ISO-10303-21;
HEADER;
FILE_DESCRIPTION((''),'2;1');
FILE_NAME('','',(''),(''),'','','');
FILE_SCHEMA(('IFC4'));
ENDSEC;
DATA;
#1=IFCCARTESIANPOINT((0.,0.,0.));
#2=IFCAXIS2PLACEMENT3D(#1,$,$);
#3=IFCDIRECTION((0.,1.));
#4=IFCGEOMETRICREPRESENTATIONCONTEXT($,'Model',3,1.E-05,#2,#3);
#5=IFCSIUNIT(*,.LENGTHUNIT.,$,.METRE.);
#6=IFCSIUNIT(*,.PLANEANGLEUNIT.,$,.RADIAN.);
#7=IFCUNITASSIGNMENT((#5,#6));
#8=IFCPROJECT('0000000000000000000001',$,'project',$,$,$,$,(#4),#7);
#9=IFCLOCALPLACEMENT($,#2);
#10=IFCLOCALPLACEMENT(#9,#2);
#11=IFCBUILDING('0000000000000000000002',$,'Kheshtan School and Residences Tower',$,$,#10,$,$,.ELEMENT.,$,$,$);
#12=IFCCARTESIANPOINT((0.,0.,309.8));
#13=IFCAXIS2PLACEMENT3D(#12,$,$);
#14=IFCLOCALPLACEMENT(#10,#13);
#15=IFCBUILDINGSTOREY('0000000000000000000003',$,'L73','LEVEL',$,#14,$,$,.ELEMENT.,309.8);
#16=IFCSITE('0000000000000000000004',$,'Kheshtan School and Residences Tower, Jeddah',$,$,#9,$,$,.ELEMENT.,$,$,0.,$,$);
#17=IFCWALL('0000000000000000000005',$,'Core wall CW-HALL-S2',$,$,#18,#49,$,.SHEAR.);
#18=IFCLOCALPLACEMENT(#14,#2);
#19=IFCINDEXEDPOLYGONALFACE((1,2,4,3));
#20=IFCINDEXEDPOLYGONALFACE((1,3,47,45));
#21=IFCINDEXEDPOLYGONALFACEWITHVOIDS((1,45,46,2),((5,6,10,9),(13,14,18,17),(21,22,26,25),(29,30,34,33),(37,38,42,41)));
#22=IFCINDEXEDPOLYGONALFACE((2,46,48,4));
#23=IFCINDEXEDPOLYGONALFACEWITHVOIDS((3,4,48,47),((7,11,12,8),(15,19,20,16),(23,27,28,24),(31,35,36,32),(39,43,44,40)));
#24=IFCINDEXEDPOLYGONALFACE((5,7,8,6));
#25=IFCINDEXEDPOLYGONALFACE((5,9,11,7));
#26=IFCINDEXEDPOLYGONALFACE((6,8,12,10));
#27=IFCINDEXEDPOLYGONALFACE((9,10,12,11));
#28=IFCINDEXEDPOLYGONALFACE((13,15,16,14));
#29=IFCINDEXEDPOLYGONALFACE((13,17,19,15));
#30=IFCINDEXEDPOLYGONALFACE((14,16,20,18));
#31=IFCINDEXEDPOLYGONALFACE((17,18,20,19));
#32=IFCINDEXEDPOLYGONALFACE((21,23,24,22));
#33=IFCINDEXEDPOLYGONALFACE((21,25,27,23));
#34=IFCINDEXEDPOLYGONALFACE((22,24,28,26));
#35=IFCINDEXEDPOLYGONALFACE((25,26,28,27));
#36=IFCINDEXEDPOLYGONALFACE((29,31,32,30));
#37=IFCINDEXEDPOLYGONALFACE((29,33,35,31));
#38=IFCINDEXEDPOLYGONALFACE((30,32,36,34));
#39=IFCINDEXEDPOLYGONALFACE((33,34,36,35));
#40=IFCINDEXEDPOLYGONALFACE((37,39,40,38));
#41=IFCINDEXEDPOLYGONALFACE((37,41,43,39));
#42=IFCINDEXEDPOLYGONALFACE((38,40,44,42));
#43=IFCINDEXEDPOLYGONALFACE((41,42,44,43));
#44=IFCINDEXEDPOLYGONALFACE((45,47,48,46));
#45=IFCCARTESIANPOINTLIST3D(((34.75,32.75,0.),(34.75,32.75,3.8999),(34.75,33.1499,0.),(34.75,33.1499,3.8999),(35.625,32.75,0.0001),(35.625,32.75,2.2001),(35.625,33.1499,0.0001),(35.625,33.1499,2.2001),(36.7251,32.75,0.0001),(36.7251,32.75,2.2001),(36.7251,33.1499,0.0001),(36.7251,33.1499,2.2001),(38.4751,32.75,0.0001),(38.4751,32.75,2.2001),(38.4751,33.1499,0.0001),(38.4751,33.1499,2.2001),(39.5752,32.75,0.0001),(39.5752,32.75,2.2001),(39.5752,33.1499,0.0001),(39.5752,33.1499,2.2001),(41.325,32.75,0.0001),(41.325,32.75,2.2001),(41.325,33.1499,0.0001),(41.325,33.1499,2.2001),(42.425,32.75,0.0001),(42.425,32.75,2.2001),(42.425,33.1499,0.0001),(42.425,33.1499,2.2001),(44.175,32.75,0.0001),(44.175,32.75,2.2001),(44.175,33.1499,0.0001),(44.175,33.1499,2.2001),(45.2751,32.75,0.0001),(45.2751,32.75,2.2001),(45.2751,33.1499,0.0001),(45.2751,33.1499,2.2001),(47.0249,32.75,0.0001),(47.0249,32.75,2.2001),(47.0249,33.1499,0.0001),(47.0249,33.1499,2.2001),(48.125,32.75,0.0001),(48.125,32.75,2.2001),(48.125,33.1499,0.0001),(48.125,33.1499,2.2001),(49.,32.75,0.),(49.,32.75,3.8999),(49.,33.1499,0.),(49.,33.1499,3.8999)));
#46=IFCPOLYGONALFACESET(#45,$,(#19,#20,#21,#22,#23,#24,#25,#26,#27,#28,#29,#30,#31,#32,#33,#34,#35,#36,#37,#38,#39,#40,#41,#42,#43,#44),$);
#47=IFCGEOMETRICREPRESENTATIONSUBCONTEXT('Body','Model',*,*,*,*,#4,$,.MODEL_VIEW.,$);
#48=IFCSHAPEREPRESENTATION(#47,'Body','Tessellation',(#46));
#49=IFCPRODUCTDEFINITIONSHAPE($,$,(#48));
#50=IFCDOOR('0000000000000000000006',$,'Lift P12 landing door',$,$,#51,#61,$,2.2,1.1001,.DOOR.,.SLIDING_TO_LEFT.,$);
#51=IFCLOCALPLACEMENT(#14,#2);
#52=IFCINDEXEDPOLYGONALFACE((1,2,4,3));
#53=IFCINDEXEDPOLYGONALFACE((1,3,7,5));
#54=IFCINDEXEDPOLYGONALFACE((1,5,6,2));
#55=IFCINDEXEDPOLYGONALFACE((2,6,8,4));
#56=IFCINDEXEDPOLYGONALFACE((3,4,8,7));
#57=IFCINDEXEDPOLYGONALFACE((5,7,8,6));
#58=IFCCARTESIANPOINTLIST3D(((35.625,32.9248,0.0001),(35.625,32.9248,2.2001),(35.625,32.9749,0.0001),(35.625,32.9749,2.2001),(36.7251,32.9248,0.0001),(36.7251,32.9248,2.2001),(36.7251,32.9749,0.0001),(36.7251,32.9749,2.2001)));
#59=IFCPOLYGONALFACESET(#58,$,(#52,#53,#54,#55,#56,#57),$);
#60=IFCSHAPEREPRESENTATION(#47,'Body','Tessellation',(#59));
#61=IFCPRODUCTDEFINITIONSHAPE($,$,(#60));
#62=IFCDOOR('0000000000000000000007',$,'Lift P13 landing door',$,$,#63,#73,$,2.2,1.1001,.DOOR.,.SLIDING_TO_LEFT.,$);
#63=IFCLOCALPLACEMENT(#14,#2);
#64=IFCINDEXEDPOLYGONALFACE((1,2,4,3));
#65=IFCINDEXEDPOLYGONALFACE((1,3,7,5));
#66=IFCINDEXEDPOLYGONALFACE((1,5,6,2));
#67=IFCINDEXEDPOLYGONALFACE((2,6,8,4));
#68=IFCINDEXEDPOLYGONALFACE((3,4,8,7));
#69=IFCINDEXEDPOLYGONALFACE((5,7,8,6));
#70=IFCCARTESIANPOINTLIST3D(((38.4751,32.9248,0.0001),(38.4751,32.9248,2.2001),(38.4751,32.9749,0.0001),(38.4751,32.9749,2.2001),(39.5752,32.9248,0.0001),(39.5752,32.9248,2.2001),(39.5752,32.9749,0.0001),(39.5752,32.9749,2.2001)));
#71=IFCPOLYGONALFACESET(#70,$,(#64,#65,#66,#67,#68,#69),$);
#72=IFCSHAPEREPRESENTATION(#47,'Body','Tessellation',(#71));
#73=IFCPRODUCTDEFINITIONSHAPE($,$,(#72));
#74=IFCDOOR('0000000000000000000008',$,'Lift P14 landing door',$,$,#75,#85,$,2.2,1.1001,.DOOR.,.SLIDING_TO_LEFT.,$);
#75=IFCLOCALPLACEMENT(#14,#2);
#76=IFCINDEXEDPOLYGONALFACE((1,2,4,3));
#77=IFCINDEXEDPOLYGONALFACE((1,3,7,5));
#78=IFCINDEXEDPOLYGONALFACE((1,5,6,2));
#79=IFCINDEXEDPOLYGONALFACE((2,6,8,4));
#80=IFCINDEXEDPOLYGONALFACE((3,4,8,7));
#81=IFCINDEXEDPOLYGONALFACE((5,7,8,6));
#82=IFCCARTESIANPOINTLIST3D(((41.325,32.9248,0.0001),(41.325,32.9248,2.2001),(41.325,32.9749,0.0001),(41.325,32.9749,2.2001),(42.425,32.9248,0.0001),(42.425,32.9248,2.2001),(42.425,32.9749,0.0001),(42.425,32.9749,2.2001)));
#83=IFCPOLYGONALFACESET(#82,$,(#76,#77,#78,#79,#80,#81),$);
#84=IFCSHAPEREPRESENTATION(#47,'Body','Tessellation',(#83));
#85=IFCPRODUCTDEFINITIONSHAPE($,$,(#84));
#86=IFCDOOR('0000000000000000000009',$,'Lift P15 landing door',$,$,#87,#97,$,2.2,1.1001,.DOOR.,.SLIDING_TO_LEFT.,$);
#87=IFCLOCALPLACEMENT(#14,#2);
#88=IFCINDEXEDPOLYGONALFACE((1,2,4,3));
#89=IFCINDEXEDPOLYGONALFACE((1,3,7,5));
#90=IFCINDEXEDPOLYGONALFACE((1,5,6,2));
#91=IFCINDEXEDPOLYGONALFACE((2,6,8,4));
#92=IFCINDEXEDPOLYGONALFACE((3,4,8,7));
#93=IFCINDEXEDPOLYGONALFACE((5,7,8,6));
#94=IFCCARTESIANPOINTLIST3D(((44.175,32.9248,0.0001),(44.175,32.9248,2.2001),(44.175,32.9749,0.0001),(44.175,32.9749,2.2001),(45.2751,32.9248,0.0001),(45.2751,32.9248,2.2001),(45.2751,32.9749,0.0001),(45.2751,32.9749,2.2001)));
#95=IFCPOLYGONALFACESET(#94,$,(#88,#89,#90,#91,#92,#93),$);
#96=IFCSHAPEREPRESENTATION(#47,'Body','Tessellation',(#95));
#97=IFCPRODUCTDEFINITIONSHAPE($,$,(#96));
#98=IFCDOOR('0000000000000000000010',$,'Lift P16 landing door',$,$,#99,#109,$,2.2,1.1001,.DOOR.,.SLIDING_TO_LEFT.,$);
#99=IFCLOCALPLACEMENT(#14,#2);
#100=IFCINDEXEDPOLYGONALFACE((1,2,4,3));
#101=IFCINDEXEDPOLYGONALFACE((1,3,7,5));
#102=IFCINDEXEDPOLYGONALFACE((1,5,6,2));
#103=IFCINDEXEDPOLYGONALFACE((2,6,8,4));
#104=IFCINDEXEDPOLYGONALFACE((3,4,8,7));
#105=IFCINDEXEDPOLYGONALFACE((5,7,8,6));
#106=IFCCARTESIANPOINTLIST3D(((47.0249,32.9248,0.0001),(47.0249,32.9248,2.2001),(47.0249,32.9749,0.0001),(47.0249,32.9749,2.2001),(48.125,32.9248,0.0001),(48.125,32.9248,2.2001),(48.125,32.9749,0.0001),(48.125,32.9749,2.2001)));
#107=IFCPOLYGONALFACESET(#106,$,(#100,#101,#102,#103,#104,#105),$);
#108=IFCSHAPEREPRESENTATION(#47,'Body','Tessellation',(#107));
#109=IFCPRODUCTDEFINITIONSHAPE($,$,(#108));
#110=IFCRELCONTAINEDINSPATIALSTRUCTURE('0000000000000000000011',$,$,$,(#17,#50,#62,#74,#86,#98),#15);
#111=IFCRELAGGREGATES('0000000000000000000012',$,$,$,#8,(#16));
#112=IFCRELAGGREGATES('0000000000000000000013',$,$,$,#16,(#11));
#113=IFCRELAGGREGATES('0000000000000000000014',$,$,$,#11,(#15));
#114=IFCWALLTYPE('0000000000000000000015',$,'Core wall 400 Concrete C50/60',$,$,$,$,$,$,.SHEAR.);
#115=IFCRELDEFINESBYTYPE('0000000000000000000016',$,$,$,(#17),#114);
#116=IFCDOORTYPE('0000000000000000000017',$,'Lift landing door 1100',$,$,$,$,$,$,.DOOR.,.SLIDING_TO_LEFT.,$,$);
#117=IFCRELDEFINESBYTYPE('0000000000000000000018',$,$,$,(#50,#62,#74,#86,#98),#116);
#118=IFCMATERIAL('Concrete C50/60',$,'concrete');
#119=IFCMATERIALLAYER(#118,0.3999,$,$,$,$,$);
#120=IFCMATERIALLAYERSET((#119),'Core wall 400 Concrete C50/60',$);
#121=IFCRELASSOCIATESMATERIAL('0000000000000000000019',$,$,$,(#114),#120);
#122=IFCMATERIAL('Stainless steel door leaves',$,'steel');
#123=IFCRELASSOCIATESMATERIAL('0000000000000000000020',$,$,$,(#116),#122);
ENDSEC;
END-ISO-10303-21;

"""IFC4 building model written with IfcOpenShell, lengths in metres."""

from ifc_helpers import new_model, si_unit, direction, frame, frame_2d, origin, place, context, subcontext, project, spatial, rectangle, extrude, source, transform, mapped, material, layer, layer_set, type_object, element, fill, save


model = new_model("IFC4")

# Units and contexts
model_context = context("Model", 3, precision=1e-05, world=origin(), true_north=direction((0.0, 1.0)))
body_context = subcontext(model_context, "Body", "Model", "MODEL_VIEW")
ifc_project = project(units=[si_unit("LENGTHUNIT", "METRE"), si_unit("PLANEANGLEUNIT", "RADIAN")], contexts=[model_context])

# Site, building, storey
site_placement = place(None, origin())
site = spatial("IfcSite", under=ifc_project, at=site_placement, Name="Kheshtan School and Residences Tower, Jeddah", CompositionType="ELEMENT", RefElevation=0.0)
building_placement = place(site_placement, origin())
building = spatial("IfcBuilding", under=site, at=building_placement, Name="Kheshtan School and Residences Tower", CompositionType="ELEMENT")
storey_placement = place(building_placement, frame((0.0, 0.0, 309.8)))
storey = spatial("IfcBuildingStorey", under=building, at=storey_placement, Name="L73", Description="LEVEL", CompositionType="ELEMENT", Elevation=309.8)

# Wall, openings, doors
ifc_material_1 = material(Name="Concrete C50/60", Category="concrete")
ifc_layer_1 = layer(ifc_material_1, 0.3999)
ifc_layer_set_1 = layer_set([ifc_layer_1], Name="Core wall 400 Concrete C50/60")
wall_type_1 = type_object("IfcWallType", Name="Core wall 400 Concrete C50/60", PredefinedType="SHEAR", material=ifc_layer_set_1)
ifc_material_2 = material(Name="Stainless steel door leaves", Category="steel")
door_type_1 = type_object("IfcDoorType", Name="Lift landing door 1100", OperationType="SLIDING_TO_LEFT", PredefinedType="DOOR", material=ifc_material_2)
shared_shape_1 = source(origin(), body_context, "Body", "SweptSolid", [
    extrude(rectangle(XDim=1.1001, YDim=2.2, at=frame_2d((0.55, 1.1001))), frame((0.0, 0.0249, 0.0), z_axis=(0.0, -1.0, 0.0), x_axis=(1.0, 0.0, 0.0)), (0.0, 0.0, 1.0), 0.05),
])
wall_1_placement = place(storey_placement, frame((34.75, 32.95, 0.0), z_axis=(0.0, 0.0, 1.0), x_axis=(1.0, 0.0, 0.0)))
wall_1 = element("IfcWall", 1, at=wall_1_placement, inside=storey, type_object=wall_type_1, Name="Core wall CW-HALL-S2", PredefinedType="SHEAR", context=body_context, shape_type="SweptSolid", body=[
    extrude(rectangle(XDim=14.25, YDim=0.3999, at=frame_2d((7.125, 0.0))), origin(), (0.0, 0.0, 1.0), 3.8999),
])
opening_1_placement = place(wall_1_placement, frame((0.875, 0.0, 0.0)))
opening_1 = element("IfcOpeningElement", 2, at=opening_1_placement, cuts=wall_1, PredefinedType="OPENING", context=body_context, shape_type="SweptSolid", body=[
    extrude(rectangle(XDim=1.1001, YDim=2.2, at=frame_2d((0.55, 1.1001))), frame((0.0, 0.21, 0.0), z_axis=(0.0, -1.0, 0.0), x_axis=(1.0, 0.0, 0.0)), (0.0, 0.0, 1.0), 0.4199),
])
opening_2_placement = place(wall_1_placement, frame((3.7251, 0.0, 0.0)))
opening_2 = element("IfcOpeningElement", 3, at=opening_2_placement, cuts=wall_1, PredefinedType="OPENING", context=body_context, shape_type="SweptSolid", body=[
    extrude(rectangle(XDim=1.1001, YDim=2.2, at=frame_2d((0.55, 1.1001))), frame((0.0, 0.21, 0.0), z_axis=(0.0, -1.0, 0.0), x_axis=(1.0, 0.0, 0.0)), (0.0, 0.0, 1.0), 0.4199),
])
opening_3_placement = place(wall_1_placement, frame((6.575, 0.0, 0.0)))
opening_3 = element("IfcOpeningElement", 4, at=opening_3_placement, cuts=wall_1, PredefinedType="OPENING", context=body_context, shape_type="SweptSolid", body=[
    extrude(rectangle(XDim=1.1001, YDim=2.2, at=frame_2d((0.55, 1.1001))), frame((0.0, 0.21, 0.0), z_axis=(0.0, -1.0, 0.0), x_axis=(1.0, 0.0, 0.0)), (0.0, 0.0, 1.0), 0.4199),
])
opening_4_placement = place(wall_1_placement, frame((9.425, 0.0, 0.0)))
opening_4 = element("IfcOpeningElement", 5, at=opening_4_placement, cuts=wall_1, PredefinedType="OPENING", context=body_context, shape_type="SweptSolid", body=[
    extrude(rectangle(XDim=1.1001, YDim=2.2, at=frame_2d((0.55, 1.1001))), frame((0.0, 0.21, 0.0), z_axis=(0.0, -1.0, 0.0), x_axis=(1.0, 0.0, 0.0)), (0.0, 0.0, 1.0), 0.4199),
])
opening_5_placement = place(wall_1_placement, frame((12.2749, 0.0, 0.0)))
opening_5 = element("IfcOpeningElement", 6, at=opening_5_placement, cuts=wall_1, PredefinedType="OPENING", context=body_context, shape_type="SweptSolid", body=[
    extrude(rectangle(XDim=1.1001, YDim=2.2, at=frame_2d((0.55, 1.1001))), frame((0.0, 0.21, 0.0), z_axis=(0.0, -1.0, 0.0), x_axis=(1.0, 0.0, 0.0)), (0.0, 0.0, 1.0), 0.4199),
])
door_1_placement = place(opening_1_placement, origin())
door_1 = element("IfcDoor", 7, at=door_1_placement, inside=storey, type_object=door_type_1, Name="Lift P12 landing door", OperationType="SLIDING_TO_LEFT", OverallHeight=2.2, OverallWidth=1.1001, PredefinedType="DOOR", context=body_context, shape_type="MappedRepresentation", body=[
    mapped(shared_shape_1, transform((0.0, 0.0, 0.0), x_axis=(1.0, 0.0, 0.0), y_axis=(0.0, 1.0, 0.0), z_axis=(0.0, 0.0, 1.0), scale=1.0)),
])
fill(opening_1, door_1)
door_2_placement = place(opening_2_placement, origin())
door_2 = element("IfcDoor", 8, at=door_2_placement, inside=storey, type_object=door_type_1, Name="Lift P13 landing door", OperationType="SLIDING_TO_LEFT", OverallHeight=2.2, OverallWidth=1.1001, PredefinedType="DOOR", context=body_context, shape_type="MappedRepresentation", body=[
    mapped(shared_shape_1, transform((0.0, 0.0, 0.0), x_axis=(1.0, 0.0, 0.0), y_axis=(0.0, 1.0, 0.0), z_axis=(0.0, 0.0, 1.0), scale=1.0)),
])
fill(opening_2, door_2)
door_3_placement = place(opening_3_placement, origin())
door_3 = element("IfcDoor", 9, at=door_3_placement, inside=storey, type_object=door_type_1, Name="Lift P14 landing door", OperationType="SLIDING_TO_LEFT", OverallHeight=2.2, OverallWidth=1.1001, PredefinedType="DOOR", context=body_context, shape_type="MappedRepresentation", body=[
    mapped(shared_shape_1, transform((0.0, 0.0, 0.0), x_axis=(1.0, 0.0, 0.0), y_axis=(0.0, 1.0, 0.0), z_axis=(0.0, 0.0, 1.0), scale=1.0)),
])
fill(opening_3, door_3)
door_4_placement = place(opening_4_placement, origin())
door_4 = element("IfcDoor", 10, at=door_4_placement, inside=storey, type_object=door_type_1, Name="Lift P15 landing door", OperationType="SLIDING_TO_LEFT", OverallHeight=2.2, OverallWidth=1.1001, PredefinedType="DOOR", context=body_context, shape_type="MappedRepresentation", body=[
    mapped(shared_shape_1, transform((0.0, 0.0, 0.0), x_axis=(1.0, 0.0, 0.0), y_axis=(0.0, 1.0, 0.0), z_axis=(0.0, 0.0, 1.0), scale=1.0)),
])
fill(opening_4, door_4)
door_5_placement = place(opening_5_placement, origin())
door_5 = element("IfcDoor", 11, at=door_5_placement, inside=storey, type_object=door_type_1, Name="Lift P16 landing door", OperationType="SLIDING_TO_LEFT", OverallHeight=2.2, OverallWidth=1.1001, PredefinedType="DOOR", context=body_context, shape_type="MappedRepresentation", body=[
    mapped(shared_shape_1, transform((0.0, 0.0, 0.0), x_axis=(1.0, 0.0, 0.0), y_axis=(0.0, 1.0, 0.0), z_axis=(0.0, 0.0, 1.0), scale=1.0)),
])
fill(opening_5, door_5)

save(model, "model.ifc")
